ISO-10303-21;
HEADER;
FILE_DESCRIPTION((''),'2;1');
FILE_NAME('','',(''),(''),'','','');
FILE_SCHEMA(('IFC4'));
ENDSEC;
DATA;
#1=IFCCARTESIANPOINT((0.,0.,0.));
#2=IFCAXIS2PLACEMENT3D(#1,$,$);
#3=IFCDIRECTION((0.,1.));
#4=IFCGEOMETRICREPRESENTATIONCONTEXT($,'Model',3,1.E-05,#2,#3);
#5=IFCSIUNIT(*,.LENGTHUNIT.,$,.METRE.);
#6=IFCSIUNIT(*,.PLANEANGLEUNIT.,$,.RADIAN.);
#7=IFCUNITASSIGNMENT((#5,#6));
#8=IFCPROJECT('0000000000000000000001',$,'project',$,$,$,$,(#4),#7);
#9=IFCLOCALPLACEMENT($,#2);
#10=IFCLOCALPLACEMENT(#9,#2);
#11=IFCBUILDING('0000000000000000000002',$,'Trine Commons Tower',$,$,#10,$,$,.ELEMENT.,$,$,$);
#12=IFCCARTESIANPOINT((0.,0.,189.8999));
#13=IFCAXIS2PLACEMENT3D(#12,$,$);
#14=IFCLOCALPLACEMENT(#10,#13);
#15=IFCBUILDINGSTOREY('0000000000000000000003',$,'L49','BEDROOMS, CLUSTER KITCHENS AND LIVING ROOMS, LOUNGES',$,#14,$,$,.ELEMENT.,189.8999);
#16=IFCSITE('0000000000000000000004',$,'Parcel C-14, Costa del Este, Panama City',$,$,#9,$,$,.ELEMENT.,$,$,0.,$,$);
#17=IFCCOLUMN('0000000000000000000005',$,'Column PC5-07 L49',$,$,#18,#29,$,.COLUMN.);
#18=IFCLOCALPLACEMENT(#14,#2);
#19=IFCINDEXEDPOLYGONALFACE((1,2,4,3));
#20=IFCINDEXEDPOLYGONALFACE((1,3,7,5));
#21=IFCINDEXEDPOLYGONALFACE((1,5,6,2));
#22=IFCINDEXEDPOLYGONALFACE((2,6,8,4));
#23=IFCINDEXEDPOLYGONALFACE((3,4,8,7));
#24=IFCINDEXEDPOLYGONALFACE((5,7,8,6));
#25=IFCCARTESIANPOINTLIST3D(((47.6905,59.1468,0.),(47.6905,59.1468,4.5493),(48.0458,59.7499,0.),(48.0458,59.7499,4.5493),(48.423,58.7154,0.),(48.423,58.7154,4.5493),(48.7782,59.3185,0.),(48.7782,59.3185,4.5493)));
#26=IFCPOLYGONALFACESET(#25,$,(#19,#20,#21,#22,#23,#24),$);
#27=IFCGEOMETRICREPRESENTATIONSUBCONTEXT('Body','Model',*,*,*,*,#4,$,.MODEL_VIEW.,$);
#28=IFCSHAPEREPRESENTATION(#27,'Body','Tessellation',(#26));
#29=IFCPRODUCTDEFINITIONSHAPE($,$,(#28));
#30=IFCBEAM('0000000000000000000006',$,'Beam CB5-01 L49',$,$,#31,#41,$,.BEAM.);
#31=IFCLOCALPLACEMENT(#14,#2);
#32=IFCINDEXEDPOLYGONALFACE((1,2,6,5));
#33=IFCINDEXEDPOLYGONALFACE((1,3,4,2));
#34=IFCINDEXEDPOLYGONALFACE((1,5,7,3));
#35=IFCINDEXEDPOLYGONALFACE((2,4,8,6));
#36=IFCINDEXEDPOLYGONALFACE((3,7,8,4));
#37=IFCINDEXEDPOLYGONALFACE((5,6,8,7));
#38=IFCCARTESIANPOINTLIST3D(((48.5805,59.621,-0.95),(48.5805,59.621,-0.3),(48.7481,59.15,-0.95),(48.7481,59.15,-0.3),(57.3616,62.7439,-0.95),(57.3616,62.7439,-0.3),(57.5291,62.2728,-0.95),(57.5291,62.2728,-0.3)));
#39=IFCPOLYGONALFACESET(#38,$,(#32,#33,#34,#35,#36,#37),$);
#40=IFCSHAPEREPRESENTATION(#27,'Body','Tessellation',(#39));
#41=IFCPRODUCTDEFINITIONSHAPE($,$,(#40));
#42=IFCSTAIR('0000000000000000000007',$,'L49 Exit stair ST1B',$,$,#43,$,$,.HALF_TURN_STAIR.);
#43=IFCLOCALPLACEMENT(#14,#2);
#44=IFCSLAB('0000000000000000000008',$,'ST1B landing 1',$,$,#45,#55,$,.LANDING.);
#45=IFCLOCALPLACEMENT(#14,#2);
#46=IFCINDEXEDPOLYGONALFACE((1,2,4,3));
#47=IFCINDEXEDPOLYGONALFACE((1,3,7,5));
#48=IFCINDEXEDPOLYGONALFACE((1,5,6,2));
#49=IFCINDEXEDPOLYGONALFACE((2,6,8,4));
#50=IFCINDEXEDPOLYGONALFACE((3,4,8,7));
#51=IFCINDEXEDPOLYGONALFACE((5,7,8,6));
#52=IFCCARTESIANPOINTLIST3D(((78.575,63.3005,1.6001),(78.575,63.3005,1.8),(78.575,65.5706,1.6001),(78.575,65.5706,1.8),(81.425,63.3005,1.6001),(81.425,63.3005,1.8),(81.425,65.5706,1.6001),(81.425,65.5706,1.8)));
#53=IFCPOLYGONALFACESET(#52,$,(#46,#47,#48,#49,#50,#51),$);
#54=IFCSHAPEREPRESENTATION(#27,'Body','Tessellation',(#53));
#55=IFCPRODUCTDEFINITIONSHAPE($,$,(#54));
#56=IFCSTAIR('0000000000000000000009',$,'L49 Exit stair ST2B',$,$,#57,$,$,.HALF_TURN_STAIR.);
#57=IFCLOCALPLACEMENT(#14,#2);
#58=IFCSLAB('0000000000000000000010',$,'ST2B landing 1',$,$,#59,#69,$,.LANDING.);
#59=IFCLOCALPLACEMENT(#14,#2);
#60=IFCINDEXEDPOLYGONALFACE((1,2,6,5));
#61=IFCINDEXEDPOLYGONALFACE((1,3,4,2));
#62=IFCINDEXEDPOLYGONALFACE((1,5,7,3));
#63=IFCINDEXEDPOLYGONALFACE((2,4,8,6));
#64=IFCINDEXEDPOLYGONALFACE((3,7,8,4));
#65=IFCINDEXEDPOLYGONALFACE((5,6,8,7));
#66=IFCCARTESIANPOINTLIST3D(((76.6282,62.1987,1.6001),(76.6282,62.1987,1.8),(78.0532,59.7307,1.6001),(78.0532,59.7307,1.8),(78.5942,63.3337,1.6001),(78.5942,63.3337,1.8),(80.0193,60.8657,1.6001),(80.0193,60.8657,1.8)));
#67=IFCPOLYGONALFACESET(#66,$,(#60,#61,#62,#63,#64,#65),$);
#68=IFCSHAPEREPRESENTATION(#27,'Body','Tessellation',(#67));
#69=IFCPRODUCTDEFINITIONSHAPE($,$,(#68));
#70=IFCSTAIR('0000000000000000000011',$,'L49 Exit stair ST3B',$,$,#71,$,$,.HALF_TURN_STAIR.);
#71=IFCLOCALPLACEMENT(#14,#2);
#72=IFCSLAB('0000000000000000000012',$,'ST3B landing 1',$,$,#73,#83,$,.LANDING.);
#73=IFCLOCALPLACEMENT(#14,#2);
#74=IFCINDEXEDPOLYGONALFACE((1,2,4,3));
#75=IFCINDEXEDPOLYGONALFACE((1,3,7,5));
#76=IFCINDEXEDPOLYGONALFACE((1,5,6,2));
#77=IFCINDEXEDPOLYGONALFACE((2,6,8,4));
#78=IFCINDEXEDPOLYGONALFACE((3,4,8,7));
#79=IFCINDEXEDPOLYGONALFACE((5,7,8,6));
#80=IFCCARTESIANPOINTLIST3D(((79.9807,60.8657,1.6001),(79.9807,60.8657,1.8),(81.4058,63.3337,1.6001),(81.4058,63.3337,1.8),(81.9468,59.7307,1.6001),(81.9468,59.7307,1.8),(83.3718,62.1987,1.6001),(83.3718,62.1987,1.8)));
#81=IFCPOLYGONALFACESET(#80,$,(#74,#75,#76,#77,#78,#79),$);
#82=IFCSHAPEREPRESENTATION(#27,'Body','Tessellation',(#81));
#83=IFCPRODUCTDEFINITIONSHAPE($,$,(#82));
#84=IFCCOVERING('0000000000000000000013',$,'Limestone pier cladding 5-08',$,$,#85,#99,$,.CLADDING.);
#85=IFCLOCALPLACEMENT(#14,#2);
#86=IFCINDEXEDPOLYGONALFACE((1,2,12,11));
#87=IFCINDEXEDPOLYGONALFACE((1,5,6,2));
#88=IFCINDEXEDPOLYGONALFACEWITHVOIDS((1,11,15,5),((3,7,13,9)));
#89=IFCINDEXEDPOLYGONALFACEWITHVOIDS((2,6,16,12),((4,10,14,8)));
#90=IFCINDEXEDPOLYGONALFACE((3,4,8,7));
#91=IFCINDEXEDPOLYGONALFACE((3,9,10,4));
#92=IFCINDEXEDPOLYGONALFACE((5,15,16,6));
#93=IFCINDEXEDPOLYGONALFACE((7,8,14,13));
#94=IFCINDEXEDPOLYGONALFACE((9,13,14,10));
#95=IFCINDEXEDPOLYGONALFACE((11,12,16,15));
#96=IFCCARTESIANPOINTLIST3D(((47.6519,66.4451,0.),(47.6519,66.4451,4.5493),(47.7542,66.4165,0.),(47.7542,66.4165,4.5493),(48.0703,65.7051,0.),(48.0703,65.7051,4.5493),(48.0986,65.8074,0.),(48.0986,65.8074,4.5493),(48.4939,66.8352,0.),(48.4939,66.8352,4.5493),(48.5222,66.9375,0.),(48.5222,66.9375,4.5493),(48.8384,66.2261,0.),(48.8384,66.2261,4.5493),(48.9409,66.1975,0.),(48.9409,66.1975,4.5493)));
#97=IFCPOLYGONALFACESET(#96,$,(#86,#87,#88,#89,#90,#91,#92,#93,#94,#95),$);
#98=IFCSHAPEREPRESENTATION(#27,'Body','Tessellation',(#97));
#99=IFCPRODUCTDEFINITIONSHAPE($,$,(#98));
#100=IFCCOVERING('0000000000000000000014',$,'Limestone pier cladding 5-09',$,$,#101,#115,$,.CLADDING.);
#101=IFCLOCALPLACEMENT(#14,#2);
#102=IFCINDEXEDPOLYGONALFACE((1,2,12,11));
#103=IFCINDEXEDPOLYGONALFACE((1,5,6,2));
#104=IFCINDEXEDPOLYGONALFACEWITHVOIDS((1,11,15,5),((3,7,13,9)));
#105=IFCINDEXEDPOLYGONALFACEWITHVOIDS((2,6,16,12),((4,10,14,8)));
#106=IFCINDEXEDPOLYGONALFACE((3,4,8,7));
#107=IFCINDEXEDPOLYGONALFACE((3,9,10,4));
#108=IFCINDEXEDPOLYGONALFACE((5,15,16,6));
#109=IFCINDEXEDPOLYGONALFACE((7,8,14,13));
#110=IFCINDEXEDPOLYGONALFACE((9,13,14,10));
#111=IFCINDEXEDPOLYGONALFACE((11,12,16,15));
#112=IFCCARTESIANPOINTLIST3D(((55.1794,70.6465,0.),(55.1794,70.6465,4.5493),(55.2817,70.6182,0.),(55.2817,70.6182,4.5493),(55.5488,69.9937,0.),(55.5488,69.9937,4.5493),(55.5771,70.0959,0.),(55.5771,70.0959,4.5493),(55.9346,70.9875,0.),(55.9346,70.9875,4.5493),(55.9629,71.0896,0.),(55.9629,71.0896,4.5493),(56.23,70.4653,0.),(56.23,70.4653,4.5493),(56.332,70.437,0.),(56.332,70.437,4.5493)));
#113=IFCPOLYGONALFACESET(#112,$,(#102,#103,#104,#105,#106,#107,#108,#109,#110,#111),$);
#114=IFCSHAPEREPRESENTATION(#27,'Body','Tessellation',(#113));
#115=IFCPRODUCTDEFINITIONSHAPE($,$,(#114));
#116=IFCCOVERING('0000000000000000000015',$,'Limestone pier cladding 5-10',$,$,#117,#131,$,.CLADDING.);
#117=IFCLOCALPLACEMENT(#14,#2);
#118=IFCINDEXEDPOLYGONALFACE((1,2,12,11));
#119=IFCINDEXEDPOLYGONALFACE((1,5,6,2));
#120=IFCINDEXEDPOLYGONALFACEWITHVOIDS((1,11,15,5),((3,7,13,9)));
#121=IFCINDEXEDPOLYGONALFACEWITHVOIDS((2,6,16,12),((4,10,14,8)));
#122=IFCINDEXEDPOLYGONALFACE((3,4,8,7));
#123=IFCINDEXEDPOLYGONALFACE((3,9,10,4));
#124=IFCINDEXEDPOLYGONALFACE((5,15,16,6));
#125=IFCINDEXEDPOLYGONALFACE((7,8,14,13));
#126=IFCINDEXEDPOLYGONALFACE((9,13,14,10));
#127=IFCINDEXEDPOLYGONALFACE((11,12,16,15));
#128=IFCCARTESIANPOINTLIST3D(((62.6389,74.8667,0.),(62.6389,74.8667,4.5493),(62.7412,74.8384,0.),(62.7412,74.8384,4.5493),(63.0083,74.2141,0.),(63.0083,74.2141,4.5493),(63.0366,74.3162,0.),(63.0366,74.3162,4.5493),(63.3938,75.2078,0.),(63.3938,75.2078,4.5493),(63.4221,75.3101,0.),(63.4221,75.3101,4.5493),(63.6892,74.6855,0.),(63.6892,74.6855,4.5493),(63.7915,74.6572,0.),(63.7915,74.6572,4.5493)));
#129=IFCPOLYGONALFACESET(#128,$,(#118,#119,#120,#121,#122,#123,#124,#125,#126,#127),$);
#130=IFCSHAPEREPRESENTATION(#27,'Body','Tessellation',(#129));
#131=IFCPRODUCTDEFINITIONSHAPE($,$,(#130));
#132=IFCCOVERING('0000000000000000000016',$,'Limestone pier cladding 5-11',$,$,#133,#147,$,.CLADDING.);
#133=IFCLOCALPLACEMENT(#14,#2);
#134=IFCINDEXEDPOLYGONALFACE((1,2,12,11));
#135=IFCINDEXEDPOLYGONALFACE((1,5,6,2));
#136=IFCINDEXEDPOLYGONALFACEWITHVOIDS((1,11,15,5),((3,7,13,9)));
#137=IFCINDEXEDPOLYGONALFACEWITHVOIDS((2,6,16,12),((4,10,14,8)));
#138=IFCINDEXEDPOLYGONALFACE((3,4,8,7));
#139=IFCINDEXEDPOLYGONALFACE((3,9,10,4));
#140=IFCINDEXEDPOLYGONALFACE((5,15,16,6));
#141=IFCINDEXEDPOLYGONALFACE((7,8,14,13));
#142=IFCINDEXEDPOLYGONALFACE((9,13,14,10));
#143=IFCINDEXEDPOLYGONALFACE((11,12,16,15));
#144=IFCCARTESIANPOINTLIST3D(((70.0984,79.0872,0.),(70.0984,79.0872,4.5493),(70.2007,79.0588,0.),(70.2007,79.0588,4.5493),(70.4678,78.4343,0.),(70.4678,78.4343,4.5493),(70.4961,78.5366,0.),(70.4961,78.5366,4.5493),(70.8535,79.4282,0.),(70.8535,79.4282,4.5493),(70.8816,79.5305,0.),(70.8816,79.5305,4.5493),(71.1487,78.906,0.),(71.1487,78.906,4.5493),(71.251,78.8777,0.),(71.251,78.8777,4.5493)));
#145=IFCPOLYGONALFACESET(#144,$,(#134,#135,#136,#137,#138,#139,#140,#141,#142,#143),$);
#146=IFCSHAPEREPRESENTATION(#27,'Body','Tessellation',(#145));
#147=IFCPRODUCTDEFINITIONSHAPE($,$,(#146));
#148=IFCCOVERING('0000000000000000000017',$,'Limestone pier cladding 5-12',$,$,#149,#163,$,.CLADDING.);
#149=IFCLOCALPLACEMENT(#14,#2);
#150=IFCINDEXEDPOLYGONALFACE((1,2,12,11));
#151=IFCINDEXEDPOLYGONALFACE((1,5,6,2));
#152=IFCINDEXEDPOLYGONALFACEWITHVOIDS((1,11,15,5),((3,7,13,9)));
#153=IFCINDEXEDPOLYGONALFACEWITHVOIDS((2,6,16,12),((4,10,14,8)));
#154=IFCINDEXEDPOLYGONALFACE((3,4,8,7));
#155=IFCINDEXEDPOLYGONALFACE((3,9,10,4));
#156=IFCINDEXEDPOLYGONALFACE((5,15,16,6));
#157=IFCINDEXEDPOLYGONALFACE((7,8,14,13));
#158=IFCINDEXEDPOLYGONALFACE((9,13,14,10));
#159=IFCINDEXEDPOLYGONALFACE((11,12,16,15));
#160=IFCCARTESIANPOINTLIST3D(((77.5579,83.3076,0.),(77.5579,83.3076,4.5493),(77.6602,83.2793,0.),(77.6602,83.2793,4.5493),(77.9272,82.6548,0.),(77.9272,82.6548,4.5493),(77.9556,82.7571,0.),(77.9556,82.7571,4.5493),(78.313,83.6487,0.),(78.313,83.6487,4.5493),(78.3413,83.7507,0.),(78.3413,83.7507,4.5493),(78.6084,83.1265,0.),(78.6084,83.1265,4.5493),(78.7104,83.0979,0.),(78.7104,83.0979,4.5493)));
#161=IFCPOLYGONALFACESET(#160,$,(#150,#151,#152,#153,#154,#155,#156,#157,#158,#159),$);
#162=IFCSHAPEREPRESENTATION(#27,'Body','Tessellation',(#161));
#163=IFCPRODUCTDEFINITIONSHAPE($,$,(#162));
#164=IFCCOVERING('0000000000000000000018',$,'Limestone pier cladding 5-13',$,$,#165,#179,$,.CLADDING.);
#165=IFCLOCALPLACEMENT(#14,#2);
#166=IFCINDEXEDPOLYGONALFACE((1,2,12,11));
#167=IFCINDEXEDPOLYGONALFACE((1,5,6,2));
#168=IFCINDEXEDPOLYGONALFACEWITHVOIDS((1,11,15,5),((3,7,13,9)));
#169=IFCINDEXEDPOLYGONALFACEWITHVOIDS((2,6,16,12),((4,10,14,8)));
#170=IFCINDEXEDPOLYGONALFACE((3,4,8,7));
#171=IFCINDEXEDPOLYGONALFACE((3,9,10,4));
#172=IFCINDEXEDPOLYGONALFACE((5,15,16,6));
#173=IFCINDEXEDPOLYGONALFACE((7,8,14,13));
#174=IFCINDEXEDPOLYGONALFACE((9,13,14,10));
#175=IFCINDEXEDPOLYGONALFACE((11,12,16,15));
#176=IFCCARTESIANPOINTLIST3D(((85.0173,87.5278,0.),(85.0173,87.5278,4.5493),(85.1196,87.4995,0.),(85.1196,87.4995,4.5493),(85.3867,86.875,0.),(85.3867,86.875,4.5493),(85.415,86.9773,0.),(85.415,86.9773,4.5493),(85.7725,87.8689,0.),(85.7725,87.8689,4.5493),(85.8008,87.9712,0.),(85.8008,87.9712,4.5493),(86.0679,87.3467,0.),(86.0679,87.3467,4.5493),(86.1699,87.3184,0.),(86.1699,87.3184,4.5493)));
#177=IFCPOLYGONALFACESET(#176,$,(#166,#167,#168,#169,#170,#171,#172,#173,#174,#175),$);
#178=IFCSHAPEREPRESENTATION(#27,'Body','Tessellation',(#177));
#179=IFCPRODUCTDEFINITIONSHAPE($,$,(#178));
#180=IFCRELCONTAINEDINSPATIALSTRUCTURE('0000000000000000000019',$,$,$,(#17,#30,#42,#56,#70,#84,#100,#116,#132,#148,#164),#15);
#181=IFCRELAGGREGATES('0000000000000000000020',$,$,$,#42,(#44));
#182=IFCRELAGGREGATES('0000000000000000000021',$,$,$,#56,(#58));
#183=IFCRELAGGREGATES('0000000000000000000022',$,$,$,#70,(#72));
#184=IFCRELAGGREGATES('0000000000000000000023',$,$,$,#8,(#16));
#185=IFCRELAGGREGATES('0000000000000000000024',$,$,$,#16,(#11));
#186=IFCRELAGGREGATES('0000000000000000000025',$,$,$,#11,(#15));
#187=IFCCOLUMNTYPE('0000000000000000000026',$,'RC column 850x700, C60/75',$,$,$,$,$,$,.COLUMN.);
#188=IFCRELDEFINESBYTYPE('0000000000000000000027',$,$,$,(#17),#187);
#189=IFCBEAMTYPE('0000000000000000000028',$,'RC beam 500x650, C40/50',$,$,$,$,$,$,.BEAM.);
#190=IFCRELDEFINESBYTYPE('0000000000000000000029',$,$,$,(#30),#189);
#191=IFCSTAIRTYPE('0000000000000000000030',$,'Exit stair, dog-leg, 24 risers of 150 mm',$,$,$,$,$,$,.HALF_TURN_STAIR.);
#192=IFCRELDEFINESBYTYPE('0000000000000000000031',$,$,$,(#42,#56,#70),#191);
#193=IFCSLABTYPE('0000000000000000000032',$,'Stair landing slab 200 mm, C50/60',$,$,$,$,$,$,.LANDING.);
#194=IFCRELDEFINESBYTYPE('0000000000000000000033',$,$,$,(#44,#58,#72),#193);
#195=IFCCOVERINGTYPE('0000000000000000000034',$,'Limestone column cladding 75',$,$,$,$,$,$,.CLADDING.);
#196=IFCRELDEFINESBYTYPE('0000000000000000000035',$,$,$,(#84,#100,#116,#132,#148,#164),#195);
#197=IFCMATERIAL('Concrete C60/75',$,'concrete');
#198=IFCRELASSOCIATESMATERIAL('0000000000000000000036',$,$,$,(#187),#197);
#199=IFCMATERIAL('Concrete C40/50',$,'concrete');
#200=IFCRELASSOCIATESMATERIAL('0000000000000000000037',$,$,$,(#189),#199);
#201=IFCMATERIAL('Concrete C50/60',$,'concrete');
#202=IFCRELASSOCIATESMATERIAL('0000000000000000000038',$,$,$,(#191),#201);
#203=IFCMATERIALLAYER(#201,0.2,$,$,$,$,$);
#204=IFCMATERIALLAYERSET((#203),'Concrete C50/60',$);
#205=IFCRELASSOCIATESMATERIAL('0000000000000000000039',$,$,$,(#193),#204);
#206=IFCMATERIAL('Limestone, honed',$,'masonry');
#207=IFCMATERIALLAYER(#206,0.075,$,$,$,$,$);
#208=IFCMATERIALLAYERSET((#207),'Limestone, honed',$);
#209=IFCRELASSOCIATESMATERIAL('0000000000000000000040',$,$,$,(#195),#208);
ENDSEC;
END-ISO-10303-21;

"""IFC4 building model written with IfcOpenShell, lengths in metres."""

from ifc_helpers import new_model, si_unit, direction, frame, origin, origin_2d, place, context, subcontext, project, spatial, polyline, rectangle, outline, extrude, material, layer, layer_set, material_profile, profile_set, type_object, element, aggregate, save


model = new_model("IFC4")

# Units and contexts
model_context = context("Model", 3, precision=1e-05, world=origin(), true_north=direction((0.0, 1.0)))
body_context = subcontext(model_context, "Body", "Model", "MODEL_VIEW")
ifc_project = project(units=[si_unit("LENGTHUNIT", "METRE"), si_unit("PLANEANGLEUNIT", "RADIAN")], contexts=[model_context])

# Site, building, storey
site_placement = place(None, origin())
site = spatial("IfcSite", under=ifc_project, at=site_placement, Name="Parcel C-14, Costa del Este, Panama City", CompositionType="ELEMENT", RefElevation=0.0)
building_placement = place(site_placement, origin())
building = spatial("IfcBuilding", under=site, at=building_placement, Name="Trine Commons Tower", CompositionType="ELEMENT")
storey_placement = place(building_placement, frame((0.0, 0.0, 189.8999)))
storey = spatial("IfcBuildingStorey", under=building, at=storey_placement, Name="L49", Description="BEDROOMS, CLUSTER KITCHENS AND LIVING ROOMS, LOUNGES", CompositionType="ELEMENT", Elevation=189.8999)

# Column
ifc_material_1 = material(Name="Concrete C60/75", Category="concrete")
ifc_material_profile_1 = material_profile(ifc_material_1, rectangle(XDim=0.8501, YDim=0.7, at=origin_2d()), Name="RC 850x700")
ifc_profile_set_1 = profile_set([ifc_material_profile_1], Name="Concrete C60/75")
column_type = type_object("IfcColumnType", Name="RC column 850x700, C60/75", PredefinedType="COLUMN", material=ifc_profile_set_1)
column_placement = place(storey_placement, frame((48.2344, 59.2327, 0.0), z_axis=(0.0, 0.0, 1.0), x_axis=(-0.861629, 0.507538, 0.0)))
element("IfcColumn", 1, at=column_placement, inside=storey, type_object=column_type, Name="Column PC5-07 L49", PredefinedType="COLUMN", context=body_context, shape_type="SweptSolid", body=[
    extrude(rectangle(XDim=0.8501, YDim=0.7, at=origin_2d()), origin(), (0.0, 0.0, 1.0), 4.5493),
])

# Beam
ifc_material_2 = material(Name="Concrete C40/50", Category="concrete")
ifc_material_profile_2 = material_profile(ifc_material_2, rectangle(XDim=0.5, YDim=0.6499, at=origin_2d()), Name="RC 500x650")
ifc_profile_set_2 = profile_set([ifc_material_profile_2], Name="Concrete C40/50")
beam_type = type_object("IfcBeamType", Name="RC beam 500x650, C40/50", PredefinedType="BEAM", material=ifc_profile_set_2)
beam_placement = place(storey_placement, frame((48.6643, 59.3855, -0.625), z_axis=(0.942192, 0.335073, 0.0), x_axis=(-0.335073, 0.942192, 0.0)))
element("IfcBeam", 2, at=beam_placement, inside=storey, type_object=beam_type, Name="Beam CB5-01 L49", PredefinedType="BEAM", context=body_context, shape_type="SweptSolid", body=[
    extrude(rectangle(XDim=0.5, YDim=0.6499, at=origin_2d()), origin(), (0.0, 0.0, 1.0), 9.3198),
])

# Stairs, slabs
ifc_material_3 = material(Name="Concrete C50/60", Category="concrete")
stair_type = type_object("IfcStairType", Name="Exit stair, dog-leg, 24 risers of 150 mm", PredefinedType="HALF_TURN_STAIR", material=ifc_material_3)
stair_1_placement = place(storey_placement, origin())
stair_1 = element("IfcStair", 3, at=stair_1_placement, inside=storey, type_object=stair_type, Name="L49 Exit stair ST1B", PredefinedType="HALF_TURN_STAIR")
ifc_layer_1 = layer(ifc_material_3, 0.2)
ifc_layer_set_1 = layer_set([ifc_layer_1], Name="Concrete C50/60")
slab_type = type_object("IfcSlabType", Name="Stair landing slab 200 mm, C50/60", PredefinedType="LANDING", material=ifc_layer_set_1)
slab_1_placement = place(storey_placement, frame((0.0, 0.0, 1.6001)))
slab_1 = element("IfcSlab", 4, at=slab_1_placement, type_object=slab_type, Name="ST1B landing 1", PredefinedType="LANDING", context=body_context, shape_type="SweptSolid", body=[
    extrude(outline(polyline([(78.575, 65.5706), (78.575, 63.3005), (81.425, 63.3005), (81.425, 65.5706), (78.575, 65.5706)])), origin(), (0.0, 0.0, 1.0), 0.2),
])
aggregate(stair_1, [slab_1])
stair_2_placement = place(storey_placement, origin())
stair_2 = element("IfcStair", 5, at=stair_2_placement, inside=storey, type_object=stair_type, Name="L49 Exit stair ST2B", PredefinedType="HALF_TURN_STAIR")
slab_2_placement = place(storey_placement, frame((0.0, 0.0, 1.6001)))
slab_2 = element("IfcSlab", 6, at=slab_2_placement, type_object=slab_type, Name="ST2B landing 1", PredefinedType="LANDING", context=body_context, shape_type="SweptSolid", body=[
    extrude(outline(polyline([(78.0532, 59.7307), (80.0193, 60.8657), (78.5942, 63.3337), (76.6282, 62.1987), (78.0532, 59.7307)])), origin(), (0.0, 0.0, 1.0), 0.2),
])
aggregate(stair_2, [slab_2])
stair_3_placement = place(storey_placement, origin())
stair_3 = element("IfcStair", 7, at=stair_3_placement, inside=storey, type_object=stair_type, Name="L49 Exit stair ST3B", PredefinedType="HALF_TURN_STAIR")
slab_3_placement = place(storey_placement, frame((0.0, 0.0, 1.6001)))
slab_3 = element("IfcSlab", 8, at=slab_3_placement, type_object=slab_type, Name="ST3B landing 1", PredefinedType="LANDING", context=body_context, shape_type="SweptSolid", body=[
    extrude(outline(polyline([(83.3718, 62.1987), (81.4058, 63.3337), (79.9807, 60.8657), (81.9468, 59.7307), (83.3718, 62.1987)])), origin(), (0.0, 0.0, 1.0), 0.2),
])
aggregate(stair_3, [slab_3])

# Coverings
ifc_material_4 = material(Name="Limestone, honed", Category="masonry")
ifc_layer_2 = layer(ifc_material_4, 0.075)
ifc_layer_set_2 = layer_set([ifc_layer_2], Name="Limestone, honed")
covering_type_1 = type_object("IfcCoveringType", Name="Limestone column cladding 75", PredefinedType="CLADDING", material=ifc_layer_set_2)
covering_1_placement = place(storey_placement, origin())
element("IfcCovering", 9, at=covering_1_placement, inside=storey, type_object=covering_type_1, Name="Limestone pier cladding 5-08", PredefinedType="CLADDING", context=body_context, shape_type="SweptSolid", body=[
    extrude(outline(polyline([(48.9409, 66.1975), (48.5222, 66.9375), (47.6519, 66.4451), (48.0703, 65.7051), (48.9409, 66.1975)]), holes=[polyline([(48.8384, 66.2261), (48.4939, 66.8352), (47.7542, 66.4165), (48.0986, 65.8074), (48.8384, 66.2261)])]), origin(), (0.0, 0.0, 1.0), 4.5493),
])
covering_2_placement = place(storey_placement, origin())
element("IfcCovering", 10, at=covering_2_placement, inside=storey, type_object=covering_type_1, Name="Limestone pier cladding 5-09", PredefinedType="CLADDING", context=body_context, shape_type="SweptSolid", body=[
    extrude(outline(polyline([(56.332, 70.437), (55.9629, 71.0896), (55.1794, 70.6465), (55.5488, 69.9937), (56.332, 70.437)]), holes=[polyline([(56.23, 70.4653), (55.9346, 70.9875), (55.2817, 70.6182), (55.5771, 70.0959), (56.23, 70.4653)])]), origin(), (0.0, 0.0, 1.0), 4.5493),
])
covering_3_placement = place(storey_placement, origin())
element("IfcCovering", 11, at=covering_3_placement, inside=storey, type_object=covering_type_1, Name="Limestone pier cladding 5-10", PredefinedType="CLADDING", context=body_context, shape_type="SweptSolid", body=[
    extrude(outline(polyline([(63.7915, 74.6572), (63.4221, 75.3101), (62.6389, 74.8667), (63.0083, 74.2141), (63.7915, 74.6572)]), holes=[polyline([(63.6892, 74.6855), (63.3938, 75.2078), (62.7412, 74.8384), (63.0366, 74.3162), (63.6892, 74.6855)])]), origin(), (0.0, 0.0, 1.0), 4.5493),
])
covering_4_placement = place(storey_placement, origin())
element("IfcCovering", 12, at=covering_4_placement, inside=storey, type_object=covering_type_1, Name="Limestone pier cladding 5-11", PredefinedType="CLADDING", context=body_context, shape_type="SweptSolid", body=[
    extrude(outline(polyline([(71.251, 78.8777), (70.8816, 79.5305), (70.0984, 79.0872), (70.4678, 78.4343), (71.251, 78.8777)]), holes=[polyline([(71.1487, 78.906), (70.8535, 79.4282), (70.2007, 79.0588), (70.4961, 78.5366), (71.1487, 78.906)])]), origin(), (0.0, 0.0, 1.0), 4.5493),
])
covering_5_placement = place(storey_placement, origin())
element("IfcCovering", 13, at=covering_5_placement, inside=storey, type_object=covering_type_1, Name="Limestone pier cladding 5-12", PredefinedType="CLADDING", context=body_context, shape_type="SweptSolid", body=[
    extrude(outline(polyline([(78.7104, 83.0979), (78.3413, 83.7507), (77.5579, 83.3076), (77.9272, 82.6548), (78.7104, 83.0979)]), holes=[polyline([(78.6084, 83.1265), (78.313, 83.6487), (77.6602, 83.2793), (77.9556, 82.7571), (78.6084, 83.1265)])]), origin(), (0.0, 0.0, 1.0), 4.5493),
])
covering_6_placement = place(storey_placement, origin())
element("IfcCovering", 14, at=covering_6_placement, inside=storey, type_object=covering_type_1, Name="Limestone pier cladding 5-13", PredefinedType="CLADDING", context=body_context, shape_type="SweptSolid", body=[
    extrude(outline(polyline([(86.1699, 87.3184), (85.8008, 87.9712), (85.0173, 87.5278), (85.3867, 86.875), (86.1699, 87.3184)]), holes=[polyline([(86.0679, 87.3467), (85.7725, 87.8689), (85.1196, 87.4995), (85.415, 86.9773), (86.0679, 87.3467)])]), origin(), (0.0, 0.0, 1.0), 4.5493),
])

save(model, "model.ifc")
